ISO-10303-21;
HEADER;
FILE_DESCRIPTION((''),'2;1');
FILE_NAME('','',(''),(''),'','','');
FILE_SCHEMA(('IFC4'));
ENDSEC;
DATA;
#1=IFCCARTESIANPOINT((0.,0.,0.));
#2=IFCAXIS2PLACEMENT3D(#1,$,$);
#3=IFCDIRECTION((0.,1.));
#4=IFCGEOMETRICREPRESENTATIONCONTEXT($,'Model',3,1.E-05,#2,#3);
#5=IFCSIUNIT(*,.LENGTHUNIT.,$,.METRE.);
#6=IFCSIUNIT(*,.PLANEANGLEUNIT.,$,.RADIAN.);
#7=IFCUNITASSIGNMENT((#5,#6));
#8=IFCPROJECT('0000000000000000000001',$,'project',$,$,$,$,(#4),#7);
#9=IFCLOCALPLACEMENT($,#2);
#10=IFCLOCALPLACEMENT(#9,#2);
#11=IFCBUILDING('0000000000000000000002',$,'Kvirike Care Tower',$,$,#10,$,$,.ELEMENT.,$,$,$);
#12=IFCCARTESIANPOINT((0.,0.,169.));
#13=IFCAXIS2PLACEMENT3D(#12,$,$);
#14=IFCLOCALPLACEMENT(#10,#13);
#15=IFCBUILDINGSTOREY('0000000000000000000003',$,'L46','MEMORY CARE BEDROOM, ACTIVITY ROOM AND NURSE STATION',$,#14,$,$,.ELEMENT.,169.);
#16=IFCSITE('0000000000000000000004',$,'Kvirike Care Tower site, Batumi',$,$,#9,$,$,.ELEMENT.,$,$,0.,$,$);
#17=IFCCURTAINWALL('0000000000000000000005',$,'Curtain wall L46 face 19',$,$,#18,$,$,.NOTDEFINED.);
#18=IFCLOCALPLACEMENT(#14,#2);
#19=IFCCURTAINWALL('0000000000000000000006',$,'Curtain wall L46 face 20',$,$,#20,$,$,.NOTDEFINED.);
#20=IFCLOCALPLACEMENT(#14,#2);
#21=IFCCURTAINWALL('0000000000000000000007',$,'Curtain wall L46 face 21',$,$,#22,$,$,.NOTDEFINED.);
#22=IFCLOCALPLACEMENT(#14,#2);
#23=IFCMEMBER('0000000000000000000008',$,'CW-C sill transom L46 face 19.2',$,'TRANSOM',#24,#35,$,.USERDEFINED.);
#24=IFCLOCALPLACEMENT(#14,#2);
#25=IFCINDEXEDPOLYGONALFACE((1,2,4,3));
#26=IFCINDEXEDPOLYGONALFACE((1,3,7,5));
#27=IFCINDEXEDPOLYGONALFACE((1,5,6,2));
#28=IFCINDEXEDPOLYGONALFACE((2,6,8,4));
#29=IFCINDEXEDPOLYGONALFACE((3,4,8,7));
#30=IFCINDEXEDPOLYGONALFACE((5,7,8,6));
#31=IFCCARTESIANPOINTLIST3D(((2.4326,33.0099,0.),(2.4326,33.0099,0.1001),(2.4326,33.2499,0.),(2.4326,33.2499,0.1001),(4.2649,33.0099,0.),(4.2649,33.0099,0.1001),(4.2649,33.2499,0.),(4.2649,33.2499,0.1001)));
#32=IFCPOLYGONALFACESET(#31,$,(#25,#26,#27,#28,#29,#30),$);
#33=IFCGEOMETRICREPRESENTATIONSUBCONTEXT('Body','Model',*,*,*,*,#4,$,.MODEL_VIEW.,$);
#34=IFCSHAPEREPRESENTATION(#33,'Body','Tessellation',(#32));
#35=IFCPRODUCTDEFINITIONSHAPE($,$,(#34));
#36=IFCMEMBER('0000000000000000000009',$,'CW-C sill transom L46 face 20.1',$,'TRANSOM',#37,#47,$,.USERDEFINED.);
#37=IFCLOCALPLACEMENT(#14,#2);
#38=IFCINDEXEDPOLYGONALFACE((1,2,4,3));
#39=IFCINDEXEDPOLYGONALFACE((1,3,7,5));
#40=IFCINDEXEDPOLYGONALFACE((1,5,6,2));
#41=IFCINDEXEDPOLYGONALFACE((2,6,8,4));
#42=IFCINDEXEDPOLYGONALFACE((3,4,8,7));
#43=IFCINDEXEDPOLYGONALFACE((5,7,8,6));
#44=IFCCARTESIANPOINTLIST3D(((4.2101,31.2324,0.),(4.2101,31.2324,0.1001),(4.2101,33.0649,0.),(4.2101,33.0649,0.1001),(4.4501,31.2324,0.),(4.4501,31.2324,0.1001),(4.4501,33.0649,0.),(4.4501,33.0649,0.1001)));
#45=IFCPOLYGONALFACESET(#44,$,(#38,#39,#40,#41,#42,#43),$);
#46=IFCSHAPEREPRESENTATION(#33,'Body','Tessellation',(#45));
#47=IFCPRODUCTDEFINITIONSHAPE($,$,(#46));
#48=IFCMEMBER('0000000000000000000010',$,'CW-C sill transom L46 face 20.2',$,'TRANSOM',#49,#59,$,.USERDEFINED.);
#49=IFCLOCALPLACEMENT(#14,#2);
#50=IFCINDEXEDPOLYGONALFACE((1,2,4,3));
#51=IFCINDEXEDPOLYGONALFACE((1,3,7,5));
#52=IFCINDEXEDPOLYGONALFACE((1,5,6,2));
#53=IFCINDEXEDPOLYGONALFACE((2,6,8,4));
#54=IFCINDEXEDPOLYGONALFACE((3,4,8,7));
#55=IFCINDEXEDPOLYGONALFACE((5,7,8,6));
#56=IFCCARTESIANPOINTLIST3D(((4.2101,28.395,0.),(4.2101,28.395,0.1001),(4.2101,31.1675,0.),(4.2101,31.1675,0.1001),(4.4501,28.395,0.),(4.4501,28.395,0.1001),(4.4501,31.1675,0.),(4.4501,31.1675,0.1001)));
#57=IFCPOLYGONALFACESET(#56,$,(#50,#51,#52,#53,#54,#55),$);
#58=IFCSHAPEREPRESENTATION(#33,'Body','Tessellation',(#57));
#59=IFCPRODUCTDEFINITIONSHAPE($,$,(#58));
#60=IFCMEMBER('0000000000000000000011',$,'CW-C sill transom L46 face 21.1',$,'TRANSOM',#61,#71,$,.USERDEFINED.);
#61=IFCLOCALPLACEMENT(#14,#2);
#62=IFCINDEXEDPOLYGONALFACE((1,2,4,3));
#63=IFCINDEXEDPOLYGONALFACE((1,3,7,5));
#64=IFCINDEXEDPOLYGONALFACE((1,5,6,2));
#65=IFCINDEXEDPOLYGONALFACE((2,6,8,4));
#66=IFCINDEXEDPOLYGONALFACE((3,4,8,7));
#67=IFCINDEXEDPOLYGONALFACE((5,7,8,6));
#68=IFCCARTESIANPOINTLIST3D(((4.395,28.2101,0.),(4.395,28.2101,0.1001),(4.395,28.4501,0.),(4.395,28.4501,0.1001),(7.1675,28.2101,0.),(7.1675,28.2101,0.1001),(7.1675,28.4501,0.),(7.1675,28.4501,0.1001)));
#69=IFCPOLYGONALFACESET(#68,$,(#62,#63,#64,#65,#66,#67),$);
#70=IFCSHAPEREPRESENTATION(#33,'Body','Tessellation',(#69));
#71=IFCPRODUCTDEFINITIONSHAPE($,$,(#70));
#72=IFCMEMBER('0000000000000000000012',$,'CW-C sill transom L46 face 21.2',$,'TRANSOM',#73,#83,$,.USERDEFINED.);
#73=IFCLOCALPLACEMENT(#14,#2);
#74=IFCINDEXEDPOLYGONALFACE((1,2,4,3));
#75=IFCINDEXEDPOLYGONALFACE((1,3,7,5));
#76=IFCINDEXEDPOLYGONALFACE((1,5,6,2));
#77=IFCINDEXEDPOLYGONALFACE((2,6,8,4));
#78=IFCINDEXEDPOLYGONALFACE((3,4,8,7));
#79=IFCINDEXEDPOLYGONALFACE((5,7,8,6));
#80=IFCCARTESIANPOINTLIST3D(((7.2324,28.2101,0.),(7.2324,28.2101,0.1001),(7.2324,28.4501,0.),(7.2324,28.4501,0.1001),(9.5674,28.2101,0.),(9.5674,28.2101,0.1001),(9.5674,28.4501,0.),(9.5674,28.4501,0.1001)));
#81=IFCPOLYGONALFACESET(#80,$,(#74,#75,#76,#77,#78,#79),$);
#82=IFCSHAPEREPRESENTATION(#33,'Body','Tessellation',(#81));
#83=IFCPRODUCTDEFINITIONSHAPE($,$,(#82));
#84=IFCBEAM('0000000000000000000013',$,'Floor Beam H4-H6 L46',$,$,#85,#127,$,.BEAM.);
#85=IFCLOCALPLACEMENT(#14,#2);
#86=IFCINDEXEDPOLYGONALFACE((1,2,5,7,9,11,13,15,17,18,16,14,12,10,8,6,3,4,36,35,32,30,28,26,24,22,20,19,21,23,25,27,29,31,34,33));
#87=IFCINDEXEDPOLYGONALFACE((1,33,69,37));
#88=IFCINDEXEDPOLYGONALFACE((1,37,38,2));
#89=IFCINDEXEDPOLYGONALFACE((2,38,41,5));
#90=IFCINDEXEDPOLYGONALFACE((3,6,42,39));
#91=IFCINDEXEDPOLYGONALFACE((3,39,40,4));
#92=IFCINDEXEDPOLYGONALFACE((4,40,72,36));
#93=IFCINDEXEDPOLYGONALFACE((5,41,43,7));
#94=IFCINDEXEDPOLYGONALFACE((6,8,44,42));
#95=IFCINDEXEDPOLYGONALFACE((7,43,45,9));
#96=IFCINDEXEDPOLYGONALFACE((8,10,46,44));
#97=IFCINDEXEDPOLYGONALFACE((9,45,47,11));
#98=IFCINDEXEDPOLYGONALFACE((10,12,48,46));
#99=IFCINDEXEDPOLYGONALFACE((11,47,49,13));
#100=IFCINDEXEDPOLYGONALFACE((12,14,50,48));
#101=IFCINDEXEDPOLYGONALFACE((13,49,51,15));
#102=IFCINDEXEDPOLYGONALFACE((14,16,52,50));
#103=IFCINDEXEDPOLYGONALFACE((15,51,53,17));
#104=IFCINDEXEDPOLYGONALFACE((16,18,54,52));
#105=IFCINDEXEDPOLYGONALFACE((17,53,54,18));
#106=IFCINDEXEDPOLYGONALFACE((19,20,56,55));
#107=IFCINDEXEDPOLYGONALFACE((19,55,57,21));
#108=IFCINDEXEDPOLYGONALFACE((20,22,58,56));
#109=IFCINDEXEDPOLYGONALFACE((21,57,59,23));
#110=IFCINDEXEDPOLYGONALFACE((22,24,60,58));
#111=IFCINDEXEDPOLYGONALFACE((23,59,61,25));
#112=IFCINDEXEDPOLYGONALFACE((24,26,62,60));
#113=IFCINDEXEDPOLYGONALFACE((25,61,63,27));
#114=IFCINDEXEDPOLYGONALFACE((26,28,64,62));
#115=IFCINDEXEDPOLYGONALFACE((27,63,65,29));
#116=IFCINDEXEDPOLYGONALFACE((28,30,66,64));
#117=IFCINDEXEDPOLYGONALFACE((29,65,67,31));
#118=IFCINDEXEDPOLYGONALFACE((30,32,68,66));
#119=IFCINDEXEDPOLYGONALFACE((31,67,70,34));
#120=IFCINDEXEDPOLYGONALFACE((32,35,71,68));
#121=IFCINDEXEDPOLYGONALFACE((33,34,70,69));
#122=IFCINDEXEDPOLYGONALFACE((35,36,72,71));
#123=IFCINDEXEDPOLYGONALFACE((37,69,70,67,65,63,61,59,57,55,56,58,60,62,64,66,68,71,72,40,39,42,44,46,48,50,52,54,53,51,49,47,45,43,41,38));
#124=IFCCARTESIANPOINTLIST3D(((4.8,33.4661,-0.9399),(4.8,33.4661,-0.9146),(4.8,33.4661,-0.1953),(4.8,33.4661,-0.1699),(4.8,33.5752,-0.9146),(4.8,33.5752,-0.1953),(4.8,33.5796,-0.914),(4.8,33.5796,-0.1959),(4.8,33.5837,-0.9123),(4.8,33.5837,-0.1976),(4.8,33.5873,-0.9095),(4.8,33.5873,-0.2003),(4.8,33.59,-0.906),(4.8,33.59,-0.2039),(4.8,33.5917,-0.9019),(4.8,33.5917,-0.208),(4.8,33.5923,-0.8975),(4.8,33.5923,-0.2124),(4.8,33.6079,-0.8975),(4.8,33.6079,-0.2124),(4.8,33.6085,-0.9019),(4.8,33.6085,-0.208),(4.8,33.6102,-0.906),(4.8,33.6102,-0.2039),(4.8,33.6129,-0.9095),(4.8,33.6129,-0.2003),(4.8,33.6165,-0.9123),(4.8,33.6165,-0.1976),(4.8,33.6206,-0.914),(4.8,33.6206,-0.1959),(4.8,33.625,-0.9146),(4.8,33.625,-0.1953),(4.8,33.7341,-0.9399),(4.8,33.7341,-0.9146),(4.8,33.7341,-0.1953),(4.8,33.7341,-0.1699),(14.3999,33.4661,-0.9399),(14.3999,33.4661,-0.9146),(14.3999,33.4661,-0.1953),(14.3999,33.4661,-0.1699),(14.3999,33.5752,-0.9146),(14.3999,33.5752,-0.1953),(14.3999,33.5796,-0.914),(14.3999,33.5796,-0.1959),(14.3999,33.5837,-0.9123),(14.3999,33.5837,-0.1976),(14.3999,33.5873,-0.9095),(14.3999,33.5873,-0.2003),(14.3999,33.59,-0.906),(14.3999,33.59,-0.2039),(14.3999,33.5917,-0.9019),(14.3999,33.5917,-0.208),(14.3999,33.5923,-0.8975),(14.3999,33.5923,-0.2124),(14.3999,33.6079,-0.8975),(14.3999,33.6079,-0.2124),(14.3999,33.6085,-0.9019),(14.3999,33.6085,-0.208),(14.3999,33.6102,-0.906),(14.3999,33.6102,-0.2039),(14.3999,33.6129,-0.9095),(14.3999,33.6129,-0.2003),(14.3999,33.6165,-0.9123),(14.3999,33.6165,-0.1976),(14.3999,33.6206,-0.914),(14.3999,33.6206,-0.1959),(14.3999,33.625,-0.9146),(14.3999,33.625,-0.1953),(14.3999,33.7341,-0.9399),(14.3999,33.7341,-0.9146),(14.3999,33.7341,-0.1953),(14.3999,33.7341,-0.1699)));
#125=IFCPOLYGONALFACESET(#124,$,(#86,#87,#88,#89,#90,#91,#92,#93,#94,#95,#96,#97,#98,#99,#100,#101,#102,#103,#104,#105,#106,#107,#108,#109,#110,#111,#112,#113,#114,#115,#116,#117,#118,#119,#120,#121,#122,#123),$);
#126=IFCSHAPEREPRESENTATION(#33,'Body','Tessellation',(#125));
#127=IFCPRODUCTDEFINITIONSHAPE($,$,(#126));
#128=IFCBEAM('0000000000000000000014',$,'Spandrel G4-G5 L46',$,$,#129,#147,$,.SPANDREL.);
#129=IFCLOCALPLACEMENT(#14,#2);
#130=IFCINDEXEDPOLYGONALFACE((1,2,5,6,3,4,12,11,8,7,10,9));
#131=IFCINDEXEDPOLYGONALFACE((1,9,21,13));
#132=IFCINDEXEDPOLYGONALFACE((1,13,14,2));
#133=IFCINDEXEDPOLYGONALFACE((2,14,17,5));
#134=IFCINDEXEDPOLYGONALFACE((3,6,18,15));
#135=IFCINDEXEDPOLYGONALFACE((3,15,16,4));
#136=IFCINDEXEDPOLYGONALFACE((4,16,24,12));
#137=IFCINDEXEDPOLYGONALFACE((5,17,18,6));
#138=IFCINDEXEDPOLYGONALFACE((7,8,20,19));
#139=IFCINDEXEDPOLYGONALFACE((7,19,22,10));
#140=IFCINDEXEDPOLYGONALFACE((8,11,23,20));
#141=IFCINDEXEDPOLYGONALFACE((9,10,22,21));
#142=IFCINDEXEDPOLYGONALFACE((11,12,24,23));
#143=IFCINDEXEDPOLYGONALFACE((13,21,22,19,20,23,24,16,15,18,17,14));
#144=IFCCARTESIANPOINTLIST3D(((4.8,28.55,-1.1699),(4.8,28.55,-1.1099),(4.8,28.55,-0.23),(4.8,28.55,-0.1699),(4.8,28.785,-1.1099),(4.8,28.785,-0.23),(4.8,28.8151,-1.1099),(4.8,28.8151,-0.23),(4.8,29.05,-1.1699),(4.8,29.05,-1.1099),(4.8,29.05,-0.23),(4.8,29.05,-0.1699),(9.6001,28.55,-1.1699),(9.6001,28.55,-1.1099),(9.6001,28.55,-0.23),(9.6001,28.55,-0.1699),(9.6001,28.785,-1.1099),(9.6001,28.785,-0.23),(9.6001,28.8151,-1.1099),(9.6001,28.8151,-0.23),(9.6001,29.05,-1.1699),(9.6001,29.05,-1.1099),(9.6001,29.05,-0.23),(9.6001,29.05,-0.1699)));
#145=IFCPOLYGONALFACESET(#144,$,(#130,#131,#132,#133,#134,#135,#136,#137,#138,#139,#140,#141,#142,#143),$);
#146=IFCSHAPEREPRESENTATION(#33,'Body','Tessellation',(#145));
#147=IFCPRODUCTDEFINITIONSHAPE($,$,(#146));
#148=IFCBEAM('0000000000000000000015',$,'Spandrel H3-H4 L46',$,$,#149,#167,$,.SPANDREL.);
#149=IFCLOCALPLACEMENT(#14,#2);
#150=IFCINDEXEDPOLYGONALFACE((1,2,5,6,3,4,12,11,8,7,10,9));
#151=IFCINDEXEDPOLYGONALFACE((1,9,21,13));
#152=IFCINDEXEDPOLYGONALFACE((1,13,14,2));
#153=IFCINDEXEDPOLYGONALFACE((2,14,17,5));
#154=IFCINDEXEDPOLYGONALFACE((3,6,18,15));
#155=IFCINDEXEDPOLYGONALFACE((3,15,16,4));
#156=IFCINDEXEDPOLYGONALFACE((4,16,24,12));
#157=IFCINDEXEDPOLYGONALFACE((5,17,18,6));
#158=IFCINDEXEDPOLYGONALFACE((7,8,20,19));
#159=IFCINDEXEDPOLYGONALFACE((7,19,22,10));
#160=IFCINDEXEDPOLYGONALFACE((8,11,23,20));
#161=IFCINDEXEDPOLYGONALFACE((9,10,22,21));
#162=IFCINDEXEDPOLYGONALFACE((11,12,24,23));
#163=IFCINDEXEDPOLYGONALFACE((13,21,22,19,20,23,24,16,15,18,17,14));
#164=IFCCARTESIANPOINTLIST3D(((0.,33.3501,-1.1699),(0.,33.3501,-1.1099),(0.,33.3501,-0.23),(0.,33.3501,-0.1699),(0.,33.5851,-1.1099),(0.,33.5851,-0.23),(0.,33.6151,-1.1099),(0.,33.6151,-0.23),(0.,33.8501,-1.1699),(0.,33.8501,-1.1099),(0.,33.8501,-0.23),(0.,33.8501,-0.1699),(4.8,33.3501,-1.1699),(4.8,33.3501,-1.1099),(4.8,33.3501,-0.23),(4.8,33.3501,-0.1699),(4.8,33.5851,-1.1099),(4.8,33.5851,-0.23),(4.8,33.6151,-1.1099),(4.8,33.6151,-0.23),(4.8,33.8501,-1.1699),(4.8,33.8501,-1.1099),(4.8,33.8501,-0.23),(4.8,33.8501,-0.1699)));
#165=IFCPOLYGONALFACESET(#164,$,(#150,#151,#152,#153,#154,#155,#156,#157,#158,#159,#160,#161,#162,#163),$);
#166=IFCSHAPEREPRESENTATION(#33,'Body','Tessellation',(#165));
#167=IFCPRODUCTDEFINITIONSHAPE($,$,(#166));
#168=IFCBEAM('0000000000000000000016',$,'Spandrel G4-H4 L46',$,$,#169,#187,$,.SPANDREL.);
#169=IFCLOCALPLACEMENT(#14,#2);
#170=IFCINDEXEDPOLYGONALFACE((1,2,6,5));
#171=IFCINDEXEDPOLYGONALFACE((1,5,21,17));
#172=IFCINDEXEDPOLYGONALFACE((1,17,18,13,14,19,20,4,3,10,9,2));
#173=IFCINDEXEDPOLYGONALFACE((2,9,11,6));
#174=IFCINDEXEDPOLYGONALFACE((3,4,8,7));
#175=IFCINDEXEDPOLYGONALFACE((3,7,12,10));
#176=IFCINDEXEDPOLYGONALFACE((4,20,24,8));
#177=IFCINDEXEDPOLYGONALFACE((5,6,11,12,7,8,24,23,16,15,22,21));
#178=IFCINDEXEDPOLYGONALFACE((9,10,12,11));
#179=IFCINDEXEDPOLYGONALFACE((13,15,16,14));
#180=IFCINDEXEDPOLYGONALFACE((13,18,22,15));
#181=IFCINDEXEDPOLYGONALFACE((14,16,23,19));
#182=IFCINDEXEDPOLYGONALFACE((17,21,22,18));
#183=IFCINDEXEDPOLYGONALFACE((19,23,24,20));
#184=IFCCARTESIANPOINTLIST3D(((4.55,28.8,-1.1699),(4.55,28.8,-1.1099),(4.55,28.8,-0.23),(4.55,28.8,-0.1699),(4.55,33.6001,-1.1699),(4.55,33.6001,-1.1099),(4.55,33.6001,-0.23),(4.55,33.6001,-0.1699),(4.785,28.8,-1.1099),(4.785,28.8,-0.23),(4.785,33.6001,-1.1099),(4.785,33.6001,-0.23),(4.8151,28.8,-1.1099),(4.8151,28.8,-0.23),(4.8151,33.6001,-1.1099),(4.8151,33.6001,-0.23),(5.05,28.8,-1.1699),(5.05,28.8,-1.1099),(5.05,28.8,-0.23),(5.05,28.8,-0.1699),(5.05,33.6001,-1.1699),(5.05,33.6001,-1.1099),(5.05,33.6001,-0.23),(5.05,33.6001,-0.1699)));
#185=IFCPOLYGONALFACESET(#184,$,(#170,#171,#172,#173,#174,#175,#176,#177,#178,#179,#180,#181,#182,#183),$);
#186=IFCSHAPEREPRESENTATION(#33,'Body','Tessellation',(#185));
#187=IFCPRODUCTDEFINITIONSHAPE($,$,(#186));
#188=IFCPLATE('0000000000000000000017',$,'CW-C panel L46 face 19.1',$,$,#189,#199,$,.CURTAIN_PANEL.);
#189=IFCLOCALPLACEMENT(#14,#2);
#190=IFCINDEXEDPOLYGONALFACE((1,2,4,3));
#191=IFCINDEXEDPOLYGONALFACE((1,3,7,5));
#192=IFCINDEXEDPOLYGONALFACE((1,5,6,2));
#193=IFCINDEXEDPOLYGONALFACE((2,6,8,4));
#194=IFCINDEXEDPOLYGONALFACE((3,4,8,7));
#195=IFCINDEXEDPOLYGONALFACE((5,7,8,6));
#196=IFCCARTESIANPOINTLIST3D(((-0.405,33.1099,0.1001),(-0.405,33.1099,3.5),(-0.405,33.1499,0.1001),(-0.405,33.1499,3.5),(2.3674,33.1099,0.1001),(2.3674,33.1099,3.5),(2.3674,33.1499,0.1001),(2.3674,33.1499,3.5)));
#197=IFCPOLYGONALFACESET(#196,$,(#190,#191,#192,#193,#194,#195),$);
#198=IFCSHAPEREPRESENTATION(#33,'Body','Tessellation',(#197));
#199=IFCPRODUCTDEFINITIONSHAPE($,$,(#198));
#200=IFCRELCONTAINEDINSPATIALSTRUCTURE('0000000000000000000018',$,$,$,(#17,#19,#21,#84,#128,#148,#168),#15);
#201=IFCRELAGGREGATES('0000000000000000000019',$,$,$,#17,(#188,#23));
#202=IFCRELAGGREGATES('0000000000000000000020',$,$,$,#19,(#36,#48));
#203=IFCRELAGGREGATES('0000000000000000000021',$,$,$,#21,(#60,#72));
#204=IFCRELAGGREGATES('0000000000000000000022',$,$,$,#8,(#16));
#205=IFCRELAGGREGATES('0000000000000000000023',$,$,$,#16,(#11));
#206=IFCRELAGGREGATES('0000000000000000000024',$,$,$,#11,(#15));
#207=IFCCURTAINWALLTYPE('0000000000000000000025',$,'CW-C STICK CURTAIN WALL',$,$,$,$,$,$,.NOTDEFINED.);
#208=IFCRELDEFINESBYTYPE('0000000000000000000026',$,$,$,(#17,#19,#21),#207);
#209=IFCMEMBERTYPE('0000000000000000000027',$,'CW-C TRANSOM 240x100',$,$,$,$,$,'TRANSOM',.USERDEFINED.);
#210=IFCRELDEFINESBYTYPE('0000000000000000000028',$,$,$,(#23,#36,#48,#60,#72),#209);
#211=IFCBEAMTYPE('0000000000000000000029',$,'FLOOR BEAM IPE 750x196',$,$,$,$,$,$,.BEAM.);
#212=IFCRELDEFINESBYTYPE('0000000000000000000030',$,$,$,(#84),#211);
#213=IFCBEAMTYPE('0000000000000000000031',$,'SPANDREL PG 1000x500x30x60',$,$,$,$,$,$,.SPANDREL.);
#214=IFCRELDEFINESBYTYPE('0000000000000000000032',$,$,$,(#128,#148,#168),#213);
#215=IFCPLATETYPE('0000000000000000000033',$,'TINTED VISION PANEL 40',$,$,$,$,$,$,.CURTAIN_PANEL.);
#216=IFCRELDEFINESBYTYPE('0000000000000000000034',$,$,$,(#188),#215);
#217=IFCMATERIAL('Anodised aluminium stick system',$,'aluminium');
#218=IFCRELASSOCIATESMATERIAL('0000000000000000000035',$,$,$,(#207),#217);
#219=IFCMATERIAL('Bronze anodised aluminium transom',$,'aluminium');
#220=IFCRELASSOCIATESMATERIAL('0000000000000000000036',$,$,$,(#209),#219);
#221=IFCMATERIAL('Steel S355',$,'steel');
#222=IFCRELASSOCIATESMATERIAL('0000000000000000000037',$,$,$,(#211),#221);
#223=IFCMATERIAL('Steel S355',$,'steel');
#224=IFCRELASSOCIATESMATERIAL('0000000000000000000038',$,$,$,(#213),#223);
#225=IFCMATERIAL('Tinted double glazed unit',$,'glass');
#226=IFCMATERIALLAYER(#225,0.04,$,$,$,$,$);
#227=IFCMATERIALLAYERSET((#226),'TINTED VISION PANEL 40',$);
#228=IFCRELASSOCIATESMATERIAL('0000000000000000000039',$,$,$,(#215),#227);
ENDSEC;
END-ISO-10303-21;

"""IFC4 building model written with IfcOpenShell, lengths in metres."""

from ifc_helpers import new_model, si_unit, direction, frame, origin, origin_2d, place, context, subcontext, project, spatial, rectangle, i_section, extrude, material, layer, layer_set, material_profile, profile_set, type_object, element, aggregate, save


model = new_model("IFC4")

# Units and contexts
model_context = context("Model", 3, precision=1e-05, world=origin(), true_north=direction((0.0, 1.0)))
body_context = subcontext(model_context, "Body", "Model", "MODEL_VIEW")
ifc_project = project(units=[si_unit("LENGTHUNIT", "METRE"), si_unit("PLANEANGLEUNIT", "RADIAN")], contexts=[model_context])

# Site, building, storey
site_placement = place(None, origin())
site = spatial("IfcSite", under=ifc_project, at=site_placement, Name="Kvirike Care Tower site, Batumi", CompositionType="ELEMENT", RefElevation=0.0)
building_placement = place(site_placement, origin())
building = spatial("IfcBuilding", under=site, at=building_placement, Name="Kvirike Care Tower", CompositionType="ELEMENT")
storey_placement = place(building_placement, frame((0.0, 0.0, 169.0)))
storey = spatial("IfcBuildingStorey", under=building, at=storey_placement, Name="L46", Description="MEMORY CARE BEDROOM, ACTIVITY ROOM AND NURSE STATION", CompositionType="ELEMENT", Elevation=169.0)

# Shared definitions
ifc_material_1 = material(Name="Anodised aluminium stick system", Category="aluminium")
curtain_wall_type = type_object("IfcCurtainWallType", Name="CW-C STICK CURTAIN WALL", PredefinedType="NOTDEFINED", material=ifc_material_1)

# Curtain walls
curtain_wall_1_placement = place(storey_placement, origin())
curtain_wall_1 = element("IfcCurtainWall", 1, at=curtain_wall_1_placement, inside=storey, type_object=curtain_wall_type, Name="Curtain wall L46 face 19", PredefinedType="NOTDEFINED")
curtain_wall_2_placement = place(storey_placement, origin())
curtain_wall_2 = element("IfcCurtainWall", 2, at=curtain_wall_2_placement, inside=storey, type_object=curtain_wall_type, Name="Curtain wall L46 face 20", PredefinedType="NOTDEFINED")
curtain_wall_3_placement = place(storey_placement, origin())
curtain_wall_3 = element("IfcCurtainWall", 3, at=curtain_wall_3_placement, inside=storey, type_object=curtain_wall_type, Name="Curtain wall L46 face 21", PredefinedType="NOTDEFINED")

# Members
ifc_material_2 = material(Name="Bronze anodised aluminium transom", Category="aluminium")
ifc_material_profile_1 = material_profile(ifc_material_2, rectangle(XDim=0.24, YDim=0.1001, at=origin_2d()), Name="CW-C TRANSOM 240x100")
ifc_profile_set_1 = profile_set([ifc_material_profile_1], Name="Bronze anodised aluminium transom")
member_type_1 = type_object("IfcMemberType", Name="CW-C TRANSOM 240x100", ElementType="TRANSOM", PredefinedType="USERDEFINED", material=ifc_profile_set_1)
member_1_placement = place(storey_placement, frame((2.4326, 33.1299, 0.05), z_axis=(1.0, 0.0, 0.0), x_axis=(0.0, 1.0, 0.0)))
member_1 = element("IfcMember", 4, at=member_1_placement, type_object=member_type_1, Name="CW-C sill transom L46 face 19.2", ObjectType="TRANSOM", PredefinedType="USERDEFINED", context=body_context, shape_type="SweptSolid", body=[
    extrude(rectangle(XDim=0.24, YDim=0.1001, at=origin_2d()), origin(), (0.0, 0.0, 1.0), 1.8323),
])
member_2_placement = place(storey_placement, frame((4.3301, 33.0649, 0.05), z_axis=(0.0, -1.0, 0.0), x_axis=(1.0, 0.0, 0.0)))
member_2 = element("IfcMember", 5, at=member_2_placement, type_object=member_type_1, Name="CW-C sill transom L46 face 20.1", ObjectType="TRANSOM", PredefinedType="USERDEFINED", context=body_context, shape_type="SweptSolid", body=[
    extrude(rectangle(XDim=0.24, YDim=0.1001, at=origin_2d()), origin(), (0.0, 0.0, 1.0), 1.8325),
])
member_3_placement = place(storey_placement, frame((4.3301, 31.1675, 0.05), z_axis=(0.0, -1.0, 0.0), x_axis=(1.0, 0.0, 0.0)))
member_3 = element("IfcMember", 6, at=member_3_placement, type_object=member_type_1, Name="CW-C sill transom L46 face 20.2", ObjectType="TRANSOM", PredefinedType="USERDEFINED", context=body_context, shape_type="SweptSolid", body=[
    extrude(rectangle(XDim=0.24, YDim=0.1001, at=origin_2d()), origin(), (0.0, 0.0, 1.0), 2.7725),
])
member_4_placement = place(storey_placement, frame((4.395, 28.3301, 0.05), z_axis=(1.0, 0.0, 0.0), x_axis=(0.0, 1.0, 0.0)))
member_4 = element("IfcMember", 7, at=member_4_placement, type_object=member_type_1, Name="CW-C sill transom L46 face 21.1", ObjectType="TRANSOM", PredefinedType="USERDEFINED", context=body_context, shape_type="SweptSolid", body=[
    extrude(rectangle(XDim=0.24, YDim=0.1001, at=origin_2d()), origin(), (0.0, 0.0, 1.0), 2.7725),
])
member_5_placement = place(storey_placement, frame((7.2324, 28.3301, 0.05), z_axis=(1.0, 0.0, 0.0), x_axis=(0.0, 1.0, 0.0)))
member_5 = element("IfcMember", 8, at=member_5_placement, type_object=member_type_1, Name="CW-C sill transom L46 face 21.2", ObjectType="TRANSOM", PredefinedType="USERDEFINED", context=body_context, shape_type="SweptSolid", body=[
    extrude(rectangle(XDim=0.24, YDim=0.1001, at=origin_2d()), origin(), (0.0, 0.0, 1.0), 2.335),
])

# Beams
ifc_material_3 = material(Name="Steel S355", Category="steel")
ifc_material_profile_2 = material_profile(ifc_material_3, i_section(OverallWidth=0.2681, OverallDepth=0.77, WebThickness=0.0156, FlangeThickness=0.0254, FilletRadius=0.0171, at=origin_2d()), Name="IPE 750x196")
ifc_profile_set_2 = profile_set([ifc_material_profile_2], Name="Steel S355")
beam_type_1 = type_object("IfcBeamType", Name="FLOOR BEAM IPE 750x196", PredefinedType="BEAM", material=ifc_profile_set_2)
beam_placement = place(storey_placement, frame((4.8, 33.6001, -0.5549), z_axis=(1.0, 0.0, 0.0), x_axis=(0.0, 1.0, 0.0)))
element("IfcBeam", 9, at=beam_placement, inside=storey, type_object=beam_type_1, Name="Floor Beam H4-H6 L46", PredefinedType="BEAM", context=body_context, shape_type="SweptSolid", body=[
    extrude(i_section(OverallWidth=0.2681, OverallDepth=0.77, WebThickness=0.0156, FlangeThickness=0.0254, FilletRadius=0.0171, at=origin_2d()), origin(), (0.0, 0.0, 1.0), 9.5999),
])
ifc_material_4 = material(Name="Steel S355", Category="steel")
ifc_material_profile_3 = material_profile(ifc_material_4, i_section(OverallWidth=0.5, OverallDepth=1.0, WebThickness=0.03, FlangeThickness=0.0601, at=origin_2d()), Name="PG 1000x500x30x60")
ifc_profile_set_3 = profile_set([ifc_material_profile_3], Name="Steel S355")
beam_type_2 = type_object("IfcBeamType", Name="SPANDREL PG 1000x500x30x60", PredefinedType="SPANDREL", material=ifc_profile_set_3)
for number, where, z_axis, x_axis, name in (
    (10, (4.8, 28.8, -0.6699), (1.0, 0.0, 0.0), (0.0, 1.0, 0.0), "Spandrel G4-G5 L46"),
    (11, (0.0, 33.6001, -0.6699), (1.0, 0.0, 0.0), (0.0, 1.0, 0.0), "Spandrel H3-H4 L46"),
    (12, (4.8, 28.8, -0.6699), (0.0, 1.0, 0.0), (-1.0, 0.0, 0.0), "Spandrel G4-H4 L46"),
):
    element("IfcBeam", number, at=place(storey_placement, frame(where, z_axis=z_axis, x_axis=x_axis)), inside=storey, type_object=beam_type_2, Name=name, PredefinedType="SPANDREL", context=body_context, shape_type="SweptSolid", body=[
        extrude(i_section(OverallWidth=0.5, OverallDepth=1.0, WebThickness=0.03, FlangeThickness=0.0601, at=origin_2d()), origin(), (0.0, 0.0, 1.0), 4.8),
    ])

# Plate
ifc_material_5 = material(Name="Tinted double glazed unit", Category="glass")
ifc_layer_1 = layer(ifc_material_5, 0.04)
ifc_layer_set_1 = layer_set([ifc_layer_1], Name="TINTED VISION PANEL 40")
plate_type = type_object("IfcPlateType", Name="TINTED VISION PANEL 40", PredefinedType="CURTAIN_PANEL", material=ifc_layer_set_1)
plate_1_placement = place(storey_placement, frame((0.9812, 33.1299, 0.1001), z_axis=(0.0, 0.0, 1.0), x_axis=(1.0, 0.0, 0.0)))
plate_1 = element("IfcPlate", 13, at=plate_1_placement, type_object=plate_type, Name="CW-C panel L46 face 19.1", PredefinedType="CURTAIN_PANEL", context=body_context, shape_type="SweptSolid", body=[
    extrude(rectangle(XDim=2.7725, YDim=0.04, at=origin_2d()), origin(), (0.0, 0.0, 1.0), 3.3999),
])
aggregate(curtain_wall_1, [plate_1, member_1])
aggregate(curtain_wall_2, [member_2, member_3])
aggregate(curtain_wall_3, [member_4, member_5])

save(model, "model.ifc")
